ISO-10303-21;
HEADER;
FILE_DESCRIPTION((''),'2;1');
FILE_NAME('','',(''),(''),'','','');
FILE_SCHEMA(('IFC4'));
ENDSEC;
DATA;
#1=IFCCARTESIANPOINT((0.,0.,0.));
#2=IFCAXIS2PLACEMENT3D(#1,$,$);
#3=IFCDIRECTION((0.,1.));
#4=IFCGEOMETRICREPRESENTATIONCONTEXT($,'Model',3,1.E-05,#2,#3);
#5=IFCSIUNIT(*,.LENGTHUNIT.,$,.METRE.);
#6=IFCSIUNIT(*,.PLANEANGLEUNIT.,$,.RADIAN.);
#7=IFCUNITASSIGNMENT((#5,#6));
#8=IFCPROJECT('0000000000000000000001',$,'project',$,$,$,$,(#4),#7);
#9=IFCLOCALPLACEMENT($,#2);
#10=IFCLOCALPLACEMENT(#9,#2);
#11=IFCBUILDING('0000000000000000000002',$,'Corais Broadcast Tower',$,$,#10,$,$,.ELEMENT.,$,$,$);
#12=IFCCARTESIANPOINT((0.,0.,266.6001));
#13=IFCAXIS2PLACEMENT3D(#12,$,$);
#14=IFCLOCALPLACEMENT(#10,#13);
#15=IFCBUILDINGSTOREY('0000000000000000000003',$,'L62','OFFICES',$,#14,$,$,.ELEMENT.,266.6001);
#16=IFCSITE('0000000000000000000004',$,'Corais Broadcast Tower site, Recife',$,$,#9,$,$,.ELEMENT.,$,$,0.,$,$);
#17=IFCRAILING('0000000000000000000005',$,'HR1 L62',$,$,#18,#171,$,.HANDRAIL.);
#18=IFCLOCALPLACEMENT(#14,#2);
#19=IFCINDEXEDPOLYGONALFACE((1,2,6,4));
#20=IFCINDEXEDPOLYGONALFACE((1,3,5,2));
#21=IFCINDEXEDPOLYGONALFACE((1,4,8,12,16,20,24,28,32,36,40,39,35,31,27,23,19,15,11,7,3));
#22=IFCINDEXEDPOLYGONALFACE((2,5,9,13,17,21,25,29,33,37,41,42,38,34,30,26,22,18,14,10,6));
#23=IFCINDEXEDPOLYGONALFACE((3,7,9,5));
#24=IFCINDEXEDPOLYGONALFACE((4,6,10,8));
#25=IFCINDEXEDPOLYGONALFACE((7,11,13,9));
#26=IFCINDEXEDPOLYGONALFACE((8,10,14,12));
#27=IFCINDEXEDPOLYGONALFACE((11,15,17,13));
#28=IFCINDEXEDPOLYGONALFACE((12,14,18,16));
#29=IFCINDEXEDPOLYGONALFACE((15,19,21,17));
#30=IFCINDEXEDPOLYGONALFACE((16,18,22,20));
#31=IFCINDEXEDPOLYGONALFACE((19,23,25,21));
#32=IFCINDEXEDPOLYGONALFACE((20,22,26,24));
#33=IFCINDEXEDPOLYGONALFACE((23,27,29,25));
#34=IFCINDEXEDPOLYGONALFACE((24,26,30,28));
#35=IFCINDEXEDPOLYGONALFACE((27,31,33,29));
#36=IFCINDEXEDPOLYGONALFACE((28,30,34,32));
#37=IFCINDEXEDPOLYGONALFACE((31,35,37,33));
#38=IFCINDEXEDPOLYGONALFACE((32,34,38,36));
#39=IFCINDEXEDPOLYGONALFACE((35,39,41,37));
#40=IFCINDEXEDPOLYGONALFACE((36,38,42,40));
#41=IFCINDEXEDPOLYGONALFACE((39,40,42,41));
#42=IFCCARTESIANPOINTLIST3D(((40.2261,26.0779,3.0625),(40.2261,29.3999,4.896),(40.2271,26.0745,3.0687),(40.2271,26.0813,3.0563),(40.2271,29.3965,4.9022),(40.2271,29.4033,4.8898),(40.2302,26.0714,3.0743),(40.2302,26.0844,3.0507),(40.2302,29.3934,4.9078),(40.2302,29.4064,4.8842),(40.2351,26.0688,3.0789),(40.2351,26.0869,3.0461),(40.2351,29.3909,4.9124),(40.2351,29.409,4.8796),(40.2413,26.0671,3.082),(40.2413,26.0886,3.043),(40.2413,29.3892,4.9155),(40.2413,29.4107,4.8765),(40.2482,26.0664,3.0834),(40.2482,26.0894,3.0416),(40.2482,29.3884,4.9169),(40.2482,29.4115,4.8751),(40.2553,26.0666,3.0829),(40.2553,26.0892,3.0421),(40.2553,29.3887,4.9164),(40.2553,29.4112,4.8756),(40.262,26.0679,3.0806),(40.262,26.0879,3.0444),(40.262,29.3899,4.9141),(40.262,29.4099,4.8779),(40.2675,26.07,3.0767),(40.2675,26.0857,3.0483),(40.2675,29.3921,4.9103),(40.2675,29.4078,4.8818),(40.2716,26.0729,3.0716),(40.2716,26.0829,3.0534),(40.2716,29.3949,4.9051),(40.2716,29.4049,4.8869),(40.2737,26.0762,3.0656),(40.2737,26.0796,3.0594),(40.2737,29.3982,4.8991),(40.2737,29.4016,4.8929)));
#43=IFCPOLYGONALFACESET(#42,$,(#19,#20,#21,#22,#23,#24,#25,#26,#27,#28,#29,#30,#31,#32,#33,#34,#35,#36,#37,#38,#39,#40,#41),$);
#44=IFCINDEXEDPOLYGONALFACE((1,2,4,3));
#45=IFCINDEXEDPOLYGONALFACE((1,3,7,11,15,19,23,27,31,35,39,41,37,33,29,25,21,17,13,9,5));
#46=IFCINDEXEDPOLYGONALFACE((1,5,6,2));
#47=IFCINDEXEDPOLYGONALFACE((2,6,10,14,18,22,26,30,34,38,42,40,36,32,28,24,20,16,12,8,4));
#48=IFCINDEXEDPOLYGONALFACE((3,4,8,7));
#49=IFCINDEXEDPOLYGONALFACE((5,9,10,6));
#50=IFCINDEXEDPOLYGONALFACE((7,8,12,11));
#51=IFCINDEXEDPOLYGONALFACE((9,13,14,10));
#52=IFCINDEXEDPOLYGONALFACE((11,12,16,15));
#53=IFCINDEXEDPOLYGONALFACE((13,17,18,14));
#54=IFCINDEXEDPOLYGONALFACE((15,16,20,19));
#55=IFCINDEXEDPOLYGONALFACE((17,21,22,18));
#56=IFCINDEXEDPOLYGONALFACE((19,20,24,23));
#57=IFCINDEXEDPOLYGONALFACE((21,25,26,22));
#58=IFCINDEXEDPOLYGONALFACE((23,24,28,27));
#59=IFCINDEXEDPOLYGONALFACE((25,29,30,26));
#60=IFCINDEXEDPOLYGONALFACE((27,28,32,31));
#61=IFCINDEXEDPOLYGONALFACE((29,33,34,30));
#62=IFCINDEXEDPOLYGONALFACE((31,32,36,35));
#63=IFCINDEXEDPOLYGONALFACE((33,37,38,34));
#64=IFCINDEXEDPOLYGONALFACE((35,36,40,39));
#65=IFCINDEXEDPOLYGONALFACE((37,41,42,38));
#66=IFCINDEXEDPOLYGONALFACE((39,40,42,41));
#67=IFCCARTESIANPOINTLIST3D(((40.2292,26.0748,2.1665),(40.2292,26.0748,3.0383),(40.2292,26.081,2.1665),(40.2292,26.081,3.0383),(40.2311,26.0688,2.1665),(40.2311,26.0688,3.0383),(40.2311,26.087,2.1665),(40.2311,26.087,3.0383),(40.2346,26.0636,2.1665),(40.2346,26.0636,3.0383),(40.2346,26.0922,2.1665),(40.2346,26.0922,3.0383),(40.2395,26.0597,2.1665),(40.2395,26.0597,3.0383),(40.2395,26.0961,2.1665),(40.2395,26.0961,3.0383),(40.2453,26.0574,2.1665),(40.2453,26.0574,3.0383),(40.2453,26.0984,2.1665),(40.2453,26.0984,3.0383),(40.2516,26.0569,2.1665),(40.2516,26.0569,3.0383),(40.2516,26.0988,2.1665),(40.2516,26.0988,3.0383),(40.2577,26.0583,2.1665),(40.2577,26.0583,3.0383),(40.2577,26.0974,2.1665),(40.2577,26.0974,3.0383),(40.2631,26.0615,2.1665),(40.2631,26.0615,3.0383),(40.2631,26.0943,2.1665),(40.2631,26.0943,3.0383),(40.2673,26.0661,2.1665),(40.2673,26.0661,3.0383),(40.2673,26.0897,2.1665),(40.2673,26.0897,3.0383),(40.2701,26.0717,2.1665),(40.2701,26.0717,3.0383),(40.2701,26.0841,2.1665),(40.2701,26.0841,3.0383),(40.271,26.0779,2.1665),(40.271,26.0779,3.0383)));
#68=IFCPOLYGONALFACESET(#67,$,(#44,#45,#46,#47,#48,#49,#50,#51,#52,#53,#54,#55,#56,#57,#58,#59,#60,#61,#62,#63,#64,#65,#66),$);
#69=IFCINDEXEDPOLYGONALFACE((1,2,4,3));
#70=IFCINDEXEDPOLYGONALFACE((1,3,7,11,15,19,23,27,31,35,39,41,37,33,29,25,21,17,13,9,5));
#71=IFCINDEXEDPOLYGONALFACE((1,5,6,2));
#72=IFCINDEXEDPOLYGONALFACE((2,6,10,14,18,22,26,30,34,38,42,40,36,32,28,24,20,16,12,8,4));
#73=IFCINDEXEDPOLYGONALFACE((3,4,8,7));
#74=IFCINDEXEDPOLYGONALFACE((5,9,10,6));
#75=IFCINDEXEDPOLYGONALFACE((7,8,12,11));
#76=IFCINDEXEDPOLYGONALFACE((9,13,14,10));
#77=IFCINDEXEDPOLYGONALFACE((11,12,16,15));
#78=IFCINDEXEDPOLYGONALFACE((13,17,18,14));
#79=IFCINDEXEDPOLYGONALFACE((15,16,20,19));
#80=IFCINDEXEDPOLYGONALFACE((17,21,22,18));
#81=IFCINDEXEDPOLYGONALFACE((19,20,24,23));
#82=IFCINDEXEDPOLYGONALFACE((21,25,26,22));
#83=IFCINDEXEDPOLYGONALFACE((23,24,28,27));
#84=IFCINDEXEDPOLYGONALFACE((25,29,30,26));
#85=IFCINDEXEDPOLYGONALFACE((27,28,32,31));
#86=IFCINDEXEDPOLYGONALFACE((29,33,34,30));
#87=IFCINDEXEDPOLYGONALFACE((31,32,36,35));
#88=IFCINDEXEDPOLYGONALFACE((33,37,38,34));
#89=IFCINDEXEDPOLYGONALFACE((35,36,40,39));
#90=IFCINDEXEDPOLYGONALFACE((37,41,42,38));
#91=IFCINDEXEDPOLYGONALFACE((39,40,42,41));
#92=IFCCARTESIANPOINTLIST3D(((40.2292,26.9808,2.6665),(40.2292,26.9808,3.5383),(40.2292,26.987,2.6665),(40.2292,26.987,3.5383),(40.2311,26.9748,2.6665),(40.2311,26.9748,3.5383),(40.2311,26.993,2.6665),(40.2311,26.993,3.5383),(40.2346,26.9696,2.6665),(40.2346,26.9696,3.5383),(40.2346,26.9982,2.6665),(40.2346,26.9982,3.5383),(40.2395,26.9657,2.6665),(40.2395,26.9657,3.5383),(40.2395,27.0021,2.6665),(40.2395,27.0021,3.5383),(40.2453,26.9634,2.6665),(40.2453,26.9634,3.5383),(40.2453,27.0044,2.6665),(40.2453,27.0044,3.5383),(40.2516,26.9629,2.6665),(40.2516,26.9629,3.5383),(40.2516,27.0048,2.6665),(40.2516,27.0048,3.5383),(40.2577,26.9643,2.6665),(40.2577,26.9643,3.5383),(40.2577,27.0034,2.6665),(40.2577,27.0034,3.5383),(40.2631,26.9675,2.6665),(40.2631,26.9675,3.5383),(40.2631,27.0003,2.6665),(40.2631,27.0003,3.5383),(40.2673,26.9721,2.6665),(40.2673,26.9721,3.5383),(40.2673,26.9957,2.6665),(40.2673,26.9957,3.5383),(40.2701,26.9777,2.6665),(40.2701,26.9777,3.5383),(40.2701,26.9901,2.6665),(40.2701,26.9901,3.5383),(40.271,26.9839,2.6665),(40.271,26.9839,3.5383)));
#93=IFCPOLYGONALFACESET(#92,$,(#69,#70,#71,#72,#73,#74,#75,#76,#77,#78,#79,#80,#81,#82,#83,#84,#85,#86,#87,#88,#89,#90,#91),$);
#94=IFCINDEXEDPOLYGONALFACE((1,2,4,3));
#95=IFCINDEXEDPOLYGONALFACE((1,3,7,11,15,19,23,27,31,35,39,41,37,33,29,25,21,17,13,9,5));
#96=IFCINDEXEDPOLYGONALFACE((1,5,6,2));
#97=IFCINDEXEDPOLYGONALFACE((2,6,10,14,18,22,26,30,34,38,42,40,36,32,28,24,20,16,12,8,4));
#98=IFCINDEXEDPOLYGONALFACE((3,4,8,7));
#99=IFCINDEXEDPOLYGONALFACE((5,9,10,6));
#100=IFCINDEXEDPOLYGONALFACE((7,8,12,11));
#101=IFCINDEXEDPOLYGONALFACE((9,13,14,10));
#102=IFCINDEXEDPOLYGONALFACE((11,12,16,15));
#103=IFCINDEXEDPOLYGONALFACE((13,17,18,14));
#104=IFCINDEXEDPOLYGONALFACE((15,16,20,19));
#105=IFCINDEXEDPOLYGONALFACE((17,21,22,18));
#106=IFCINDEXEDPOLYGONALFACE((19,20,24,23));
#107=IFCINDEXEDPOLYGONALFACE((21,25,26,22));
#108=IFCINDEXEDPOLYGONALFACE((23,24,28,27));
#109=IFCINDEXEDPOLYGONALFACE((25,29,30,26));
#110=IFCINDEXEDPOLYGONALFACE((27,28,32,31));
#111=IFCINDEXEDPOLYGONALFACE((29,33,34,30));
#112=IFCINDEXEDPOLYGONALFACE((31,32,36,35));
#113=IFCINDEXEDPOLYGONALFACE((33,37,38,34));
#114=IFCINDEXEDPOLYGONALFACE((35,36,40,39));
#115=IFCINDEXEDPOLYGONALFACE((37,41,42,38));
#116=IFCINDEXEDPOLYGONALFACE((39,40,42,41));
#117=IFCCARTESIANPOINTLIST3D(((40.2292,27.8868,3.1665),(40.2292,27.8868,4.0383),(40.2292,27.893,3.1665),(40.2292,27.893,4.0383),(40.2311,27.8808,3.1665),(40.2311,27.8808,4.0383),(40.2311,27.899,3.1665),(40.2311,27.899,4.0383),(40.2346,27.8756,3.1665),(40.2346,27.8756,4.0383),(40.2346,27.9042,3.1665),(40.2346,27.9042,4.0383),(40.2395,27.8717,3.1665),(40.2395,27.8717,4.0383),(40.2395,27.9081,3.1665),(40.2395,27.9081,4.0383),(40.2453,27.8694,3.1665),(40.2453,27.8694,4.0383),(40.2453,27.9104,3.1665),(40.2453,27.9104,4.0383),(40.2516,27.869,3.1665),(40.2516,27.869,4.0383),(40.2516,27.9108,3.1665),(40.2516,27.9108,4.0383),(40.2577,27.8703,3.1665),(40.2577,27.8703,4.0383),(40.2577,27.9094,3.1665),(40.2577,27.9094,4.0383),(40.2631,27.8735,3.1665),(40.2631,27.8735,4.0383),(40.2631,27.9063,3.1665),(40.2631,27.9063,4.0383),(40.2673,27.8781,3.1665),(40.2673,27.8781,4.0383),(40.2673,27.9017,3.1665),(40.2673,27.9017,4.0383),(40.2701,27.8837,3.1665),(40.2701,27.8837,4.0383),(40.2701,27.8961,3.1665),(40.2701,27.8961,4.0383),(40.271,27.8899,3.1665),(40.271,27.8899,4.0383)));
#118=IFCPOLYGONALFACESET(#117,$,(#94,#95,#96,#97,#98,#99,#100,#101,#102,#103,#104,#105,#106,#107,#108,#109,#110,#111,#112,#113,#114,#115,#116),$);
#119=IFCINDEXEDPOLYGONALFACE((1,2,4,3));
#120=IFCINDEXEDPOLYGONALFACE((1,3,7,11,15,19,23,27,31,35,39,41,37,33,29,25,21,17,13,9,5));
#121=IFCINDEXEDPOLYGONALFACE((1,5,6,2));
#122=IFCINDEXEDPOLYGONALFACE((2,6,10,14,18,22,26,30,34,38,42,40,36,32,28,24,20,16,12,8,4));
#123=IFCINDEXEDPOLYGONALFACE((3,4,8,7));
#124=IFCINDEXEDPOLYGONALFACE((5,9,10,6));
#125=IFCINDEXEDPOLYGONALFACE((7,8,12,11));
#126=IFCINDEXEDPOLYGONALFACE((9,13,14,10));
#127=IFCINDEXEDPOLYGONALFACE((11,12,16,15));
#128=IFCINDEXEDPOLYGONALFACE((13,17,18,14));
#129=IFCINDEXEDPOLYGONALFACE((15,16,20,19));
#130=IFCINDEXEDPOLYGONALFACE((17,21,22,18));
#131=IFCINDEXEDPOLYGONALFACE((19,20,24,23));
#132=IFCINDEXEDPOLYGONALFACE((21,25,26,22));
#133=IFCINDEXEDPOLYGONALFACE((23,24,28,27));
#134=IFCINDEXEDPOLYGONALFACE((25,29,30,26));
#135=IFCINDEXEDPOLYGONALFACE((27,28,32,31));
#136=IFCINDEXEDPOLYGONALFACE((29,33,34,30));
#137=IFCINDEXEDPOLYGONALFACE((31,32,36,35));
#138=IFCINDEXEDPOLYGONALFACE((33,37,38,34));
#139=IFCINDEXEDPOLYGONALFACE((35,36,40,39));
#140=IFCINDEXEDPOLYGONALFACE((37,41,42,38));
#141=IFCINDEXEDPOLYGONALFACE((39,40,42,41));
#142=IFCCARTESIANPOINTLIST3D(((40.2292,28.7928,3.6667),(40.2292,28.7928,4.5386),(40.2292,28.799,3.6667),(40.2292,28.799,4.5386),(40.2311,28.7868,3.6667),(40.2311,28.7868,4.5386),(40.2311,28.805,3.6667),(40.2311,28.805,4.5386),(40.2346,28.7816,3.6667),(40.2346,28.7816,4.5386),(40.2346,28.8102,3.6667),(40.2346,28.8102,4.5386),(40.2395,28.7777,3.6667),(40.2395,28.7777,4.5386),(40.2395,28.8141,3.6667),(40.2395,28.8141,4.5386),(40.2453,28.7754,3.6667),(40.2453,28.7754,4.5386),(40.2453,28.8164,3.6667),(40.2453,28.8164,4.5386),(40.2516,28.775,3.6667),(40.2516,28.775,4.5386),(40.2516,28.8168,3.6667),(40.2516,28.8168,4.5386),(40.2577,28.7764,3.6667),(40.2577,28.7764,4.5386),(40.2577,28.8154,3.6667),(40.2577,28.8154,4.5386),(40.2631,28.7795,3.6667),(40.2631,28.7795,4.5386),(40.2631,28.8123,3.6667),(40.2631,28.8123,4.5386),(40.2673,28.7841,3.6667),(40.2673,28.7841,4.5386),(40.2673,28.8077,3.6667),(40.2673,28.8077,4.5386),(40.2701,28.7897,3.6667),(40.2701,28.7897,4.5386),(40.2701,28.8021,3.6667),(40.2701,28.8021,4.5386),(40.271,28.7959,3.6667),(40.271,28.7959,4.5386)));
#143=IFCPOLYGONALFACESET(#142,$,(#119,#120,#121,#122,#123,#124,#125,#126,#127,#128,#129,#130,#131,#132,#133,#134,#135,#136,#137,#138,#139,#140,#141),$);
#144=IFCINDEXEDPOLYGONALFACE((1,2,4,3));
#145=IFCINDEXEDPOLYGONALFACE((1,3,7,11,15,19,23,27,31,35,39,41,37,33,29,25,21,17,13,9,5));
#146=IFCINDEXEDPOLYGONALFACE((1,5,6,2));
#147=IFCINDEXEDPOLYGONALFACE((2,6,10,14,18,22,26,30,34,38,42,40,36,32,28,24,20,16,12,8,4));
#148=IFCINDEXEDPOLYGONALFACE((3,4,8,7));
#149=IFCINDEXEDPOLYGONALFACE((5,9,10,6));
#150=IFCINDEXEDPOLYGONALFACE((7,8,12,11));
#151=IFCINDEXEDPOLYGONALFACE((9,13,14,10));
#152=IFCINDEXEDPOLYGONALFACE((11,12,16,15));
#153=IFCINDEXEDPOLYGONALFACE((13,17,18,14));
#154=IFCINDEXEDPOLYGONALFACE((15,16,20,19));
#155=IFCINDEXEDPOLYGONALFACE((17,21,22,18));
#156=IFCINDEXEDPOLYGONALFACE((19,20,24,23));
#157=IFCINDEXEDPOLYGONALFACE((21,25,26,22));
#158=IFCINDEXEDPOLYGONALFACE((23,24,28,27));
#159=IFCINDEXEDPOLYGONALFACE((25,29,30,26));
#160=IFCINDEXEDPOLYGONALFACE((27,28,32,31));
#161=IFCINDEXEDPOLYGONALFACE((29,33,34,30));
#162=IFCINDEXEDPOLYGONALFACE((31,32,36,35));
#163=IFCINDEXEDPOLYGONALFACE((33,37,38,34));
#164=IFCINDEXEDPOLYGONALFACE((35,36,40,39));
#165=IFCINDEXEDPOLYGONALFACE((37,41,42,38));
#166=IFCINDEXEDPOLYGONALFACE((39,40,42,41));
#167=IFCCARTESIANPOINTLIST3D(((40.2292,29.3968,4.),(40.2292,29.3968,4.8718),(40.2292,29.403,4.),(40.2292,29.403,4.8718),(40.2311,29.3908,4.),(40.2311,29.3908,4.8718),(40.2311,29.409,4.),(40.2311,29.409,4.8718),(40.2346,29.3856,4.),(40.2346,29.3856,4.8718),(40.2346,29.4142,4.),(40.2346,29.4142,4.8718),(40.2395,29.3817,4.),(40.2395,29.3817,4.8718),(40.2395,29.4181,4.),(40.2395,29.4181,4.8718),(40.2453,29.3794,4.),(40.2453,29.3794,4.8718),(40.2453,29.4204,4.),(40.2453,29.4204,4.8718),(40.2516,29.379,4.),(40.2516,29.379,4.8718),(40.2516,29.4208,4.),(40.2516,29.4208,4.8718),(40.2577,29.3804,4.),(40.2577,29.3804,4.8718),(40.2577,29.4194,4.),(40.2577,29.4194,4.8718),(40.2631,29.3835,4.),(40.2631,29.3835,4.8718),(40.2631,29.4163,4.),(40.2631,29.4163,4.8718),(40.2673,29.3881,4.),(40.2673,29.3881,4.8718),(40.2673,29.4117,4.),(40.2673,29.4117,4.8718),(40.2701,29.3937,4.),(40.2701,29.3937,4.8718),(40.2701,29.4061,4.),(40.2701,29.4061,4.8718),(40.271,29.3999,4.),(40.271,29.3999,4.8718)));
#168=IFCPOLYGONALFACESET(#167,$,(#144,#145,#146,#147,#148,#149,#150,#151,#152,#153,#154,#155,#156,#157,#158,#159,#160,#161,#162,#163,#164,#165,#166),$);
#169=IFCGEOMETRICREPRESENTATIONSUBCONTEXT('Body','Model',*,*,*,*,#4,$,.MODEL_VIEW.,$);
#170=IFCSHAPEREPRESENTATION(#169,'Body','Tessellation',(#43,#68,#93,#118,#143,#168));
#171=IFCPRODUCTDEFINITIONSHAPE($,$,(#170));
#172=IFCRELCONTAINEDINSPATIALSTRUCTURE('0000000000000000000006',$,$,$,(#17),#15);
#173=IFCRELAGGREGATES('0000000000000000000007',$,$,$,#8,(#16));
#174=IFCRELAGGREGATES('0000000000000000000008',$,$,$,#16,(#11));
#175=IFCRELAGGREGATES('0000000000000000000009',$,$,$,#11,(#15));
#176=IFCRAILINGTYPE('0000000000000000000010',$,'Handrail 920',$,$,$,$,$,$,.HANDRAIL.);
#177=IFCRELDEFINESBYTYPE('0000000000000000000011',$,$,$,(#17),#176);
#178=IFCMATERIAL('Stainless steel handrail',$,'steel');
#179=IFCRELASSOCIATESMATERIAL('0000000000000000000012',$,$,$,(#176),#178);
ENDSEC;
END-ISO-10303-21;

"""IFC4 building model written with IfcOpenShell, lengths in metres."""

from ifc_helpers import new_model, si_unit, direction, frame, origin, origin_2d, place, context, subcontext, project, spatial, circle, extrude, material, type_object, element, save


model = new_model("IFC4")

# Units and contexts
model_context = context("Model", 3, precision=1e-05, world=origin(), true_north=direction((0.0, 1.0)))
body_context = subcontext(model_context, "Body", "Model", "MODEL_VIEW")
ifc_project = project(units=[si_unit("LENGTHUNIT", "METRE"), si_unit("PLANEANGLEUNIT", "RADIAN")], contexts=[model_context])

# Site, building, storey
site_placement = place(None, origin())
site = spatial("IfcSite", under=ifc_project, at=site_placement, Name="Corais Broadcast Tower site, Recife", CompositionType="ELEMENT", RefElevation=0.0)
building_placement = place(site_placement, origin())
building = spatial("IfcBuilding", under=site, at=building_placement, Name="Corais Broadcast Tower", CompositionType="ELEMENT")
storey_placement = place(building_placement, frame((0.0, 0.0, 266.6001)))
storey = spatial("IfcBuildingStorey", under=building, at=storey_placement, Name="L62", Description="OFFICES", CompositionType="ELEMENT", Elevation=266.6001)

# Railing
ifc_material_1 = material(Name="Stainless steel handrail", Category="steel")
railing_type = type_object("IfcRailingType", Name="Handrail 920", PredefinedType="HANDRAIL", material=ifc_material_1)
for number, where, name in (
    (1, (40.25, 26.0779, 2.1665), "HR1 L62"),
):
    element("IfcRailing", number, at=place(storey_placement, frame(where)), inside=storey, type_object=railing_type, Name=name, PredefinedType="HANDRAIL", context=body_context, shape_type="SweptSolid", body=[
        extrude(circle(Radius=0.0239, at=origin_2d()), frame((0.0, 0.0, 0.896), z_axis=(0.0, 0.875504, 0.48321), x_axis=(-1.0, 0.0, 0.0)), (0.0, 0.0, 1.0), 3.7944),
        extrude(circle(Radius=0.021, at=origin_2d()), origin(), (0.0, 0.0, 1.0), 0.8718),
        extrude(circle(Radius=0.021, at=origin_2d()), frame((0.0, 0.906, 0.5)), (0.0, 0.0, 1.0), 0.8718),
        extrude(circle(Radius=0.021, at=origin_2d()), frame((0.0, 1.812, 1.0)), (0.0, 0.0, 1.0), 0.8718),
        extrude(circle(Radius=0.021, at=origin_2d()), frame((0.0, 2.718, 1.5002)), (0.0, 0.0, 1.0), 0.8718),
        extrude(circle(Radius=0.021, at=origin_2d()), frame((0.0, 3.322, 1.8335)), (0.0, 0.0, 1.0), 0.8718),
    ])

save(model, "model.ifc")
